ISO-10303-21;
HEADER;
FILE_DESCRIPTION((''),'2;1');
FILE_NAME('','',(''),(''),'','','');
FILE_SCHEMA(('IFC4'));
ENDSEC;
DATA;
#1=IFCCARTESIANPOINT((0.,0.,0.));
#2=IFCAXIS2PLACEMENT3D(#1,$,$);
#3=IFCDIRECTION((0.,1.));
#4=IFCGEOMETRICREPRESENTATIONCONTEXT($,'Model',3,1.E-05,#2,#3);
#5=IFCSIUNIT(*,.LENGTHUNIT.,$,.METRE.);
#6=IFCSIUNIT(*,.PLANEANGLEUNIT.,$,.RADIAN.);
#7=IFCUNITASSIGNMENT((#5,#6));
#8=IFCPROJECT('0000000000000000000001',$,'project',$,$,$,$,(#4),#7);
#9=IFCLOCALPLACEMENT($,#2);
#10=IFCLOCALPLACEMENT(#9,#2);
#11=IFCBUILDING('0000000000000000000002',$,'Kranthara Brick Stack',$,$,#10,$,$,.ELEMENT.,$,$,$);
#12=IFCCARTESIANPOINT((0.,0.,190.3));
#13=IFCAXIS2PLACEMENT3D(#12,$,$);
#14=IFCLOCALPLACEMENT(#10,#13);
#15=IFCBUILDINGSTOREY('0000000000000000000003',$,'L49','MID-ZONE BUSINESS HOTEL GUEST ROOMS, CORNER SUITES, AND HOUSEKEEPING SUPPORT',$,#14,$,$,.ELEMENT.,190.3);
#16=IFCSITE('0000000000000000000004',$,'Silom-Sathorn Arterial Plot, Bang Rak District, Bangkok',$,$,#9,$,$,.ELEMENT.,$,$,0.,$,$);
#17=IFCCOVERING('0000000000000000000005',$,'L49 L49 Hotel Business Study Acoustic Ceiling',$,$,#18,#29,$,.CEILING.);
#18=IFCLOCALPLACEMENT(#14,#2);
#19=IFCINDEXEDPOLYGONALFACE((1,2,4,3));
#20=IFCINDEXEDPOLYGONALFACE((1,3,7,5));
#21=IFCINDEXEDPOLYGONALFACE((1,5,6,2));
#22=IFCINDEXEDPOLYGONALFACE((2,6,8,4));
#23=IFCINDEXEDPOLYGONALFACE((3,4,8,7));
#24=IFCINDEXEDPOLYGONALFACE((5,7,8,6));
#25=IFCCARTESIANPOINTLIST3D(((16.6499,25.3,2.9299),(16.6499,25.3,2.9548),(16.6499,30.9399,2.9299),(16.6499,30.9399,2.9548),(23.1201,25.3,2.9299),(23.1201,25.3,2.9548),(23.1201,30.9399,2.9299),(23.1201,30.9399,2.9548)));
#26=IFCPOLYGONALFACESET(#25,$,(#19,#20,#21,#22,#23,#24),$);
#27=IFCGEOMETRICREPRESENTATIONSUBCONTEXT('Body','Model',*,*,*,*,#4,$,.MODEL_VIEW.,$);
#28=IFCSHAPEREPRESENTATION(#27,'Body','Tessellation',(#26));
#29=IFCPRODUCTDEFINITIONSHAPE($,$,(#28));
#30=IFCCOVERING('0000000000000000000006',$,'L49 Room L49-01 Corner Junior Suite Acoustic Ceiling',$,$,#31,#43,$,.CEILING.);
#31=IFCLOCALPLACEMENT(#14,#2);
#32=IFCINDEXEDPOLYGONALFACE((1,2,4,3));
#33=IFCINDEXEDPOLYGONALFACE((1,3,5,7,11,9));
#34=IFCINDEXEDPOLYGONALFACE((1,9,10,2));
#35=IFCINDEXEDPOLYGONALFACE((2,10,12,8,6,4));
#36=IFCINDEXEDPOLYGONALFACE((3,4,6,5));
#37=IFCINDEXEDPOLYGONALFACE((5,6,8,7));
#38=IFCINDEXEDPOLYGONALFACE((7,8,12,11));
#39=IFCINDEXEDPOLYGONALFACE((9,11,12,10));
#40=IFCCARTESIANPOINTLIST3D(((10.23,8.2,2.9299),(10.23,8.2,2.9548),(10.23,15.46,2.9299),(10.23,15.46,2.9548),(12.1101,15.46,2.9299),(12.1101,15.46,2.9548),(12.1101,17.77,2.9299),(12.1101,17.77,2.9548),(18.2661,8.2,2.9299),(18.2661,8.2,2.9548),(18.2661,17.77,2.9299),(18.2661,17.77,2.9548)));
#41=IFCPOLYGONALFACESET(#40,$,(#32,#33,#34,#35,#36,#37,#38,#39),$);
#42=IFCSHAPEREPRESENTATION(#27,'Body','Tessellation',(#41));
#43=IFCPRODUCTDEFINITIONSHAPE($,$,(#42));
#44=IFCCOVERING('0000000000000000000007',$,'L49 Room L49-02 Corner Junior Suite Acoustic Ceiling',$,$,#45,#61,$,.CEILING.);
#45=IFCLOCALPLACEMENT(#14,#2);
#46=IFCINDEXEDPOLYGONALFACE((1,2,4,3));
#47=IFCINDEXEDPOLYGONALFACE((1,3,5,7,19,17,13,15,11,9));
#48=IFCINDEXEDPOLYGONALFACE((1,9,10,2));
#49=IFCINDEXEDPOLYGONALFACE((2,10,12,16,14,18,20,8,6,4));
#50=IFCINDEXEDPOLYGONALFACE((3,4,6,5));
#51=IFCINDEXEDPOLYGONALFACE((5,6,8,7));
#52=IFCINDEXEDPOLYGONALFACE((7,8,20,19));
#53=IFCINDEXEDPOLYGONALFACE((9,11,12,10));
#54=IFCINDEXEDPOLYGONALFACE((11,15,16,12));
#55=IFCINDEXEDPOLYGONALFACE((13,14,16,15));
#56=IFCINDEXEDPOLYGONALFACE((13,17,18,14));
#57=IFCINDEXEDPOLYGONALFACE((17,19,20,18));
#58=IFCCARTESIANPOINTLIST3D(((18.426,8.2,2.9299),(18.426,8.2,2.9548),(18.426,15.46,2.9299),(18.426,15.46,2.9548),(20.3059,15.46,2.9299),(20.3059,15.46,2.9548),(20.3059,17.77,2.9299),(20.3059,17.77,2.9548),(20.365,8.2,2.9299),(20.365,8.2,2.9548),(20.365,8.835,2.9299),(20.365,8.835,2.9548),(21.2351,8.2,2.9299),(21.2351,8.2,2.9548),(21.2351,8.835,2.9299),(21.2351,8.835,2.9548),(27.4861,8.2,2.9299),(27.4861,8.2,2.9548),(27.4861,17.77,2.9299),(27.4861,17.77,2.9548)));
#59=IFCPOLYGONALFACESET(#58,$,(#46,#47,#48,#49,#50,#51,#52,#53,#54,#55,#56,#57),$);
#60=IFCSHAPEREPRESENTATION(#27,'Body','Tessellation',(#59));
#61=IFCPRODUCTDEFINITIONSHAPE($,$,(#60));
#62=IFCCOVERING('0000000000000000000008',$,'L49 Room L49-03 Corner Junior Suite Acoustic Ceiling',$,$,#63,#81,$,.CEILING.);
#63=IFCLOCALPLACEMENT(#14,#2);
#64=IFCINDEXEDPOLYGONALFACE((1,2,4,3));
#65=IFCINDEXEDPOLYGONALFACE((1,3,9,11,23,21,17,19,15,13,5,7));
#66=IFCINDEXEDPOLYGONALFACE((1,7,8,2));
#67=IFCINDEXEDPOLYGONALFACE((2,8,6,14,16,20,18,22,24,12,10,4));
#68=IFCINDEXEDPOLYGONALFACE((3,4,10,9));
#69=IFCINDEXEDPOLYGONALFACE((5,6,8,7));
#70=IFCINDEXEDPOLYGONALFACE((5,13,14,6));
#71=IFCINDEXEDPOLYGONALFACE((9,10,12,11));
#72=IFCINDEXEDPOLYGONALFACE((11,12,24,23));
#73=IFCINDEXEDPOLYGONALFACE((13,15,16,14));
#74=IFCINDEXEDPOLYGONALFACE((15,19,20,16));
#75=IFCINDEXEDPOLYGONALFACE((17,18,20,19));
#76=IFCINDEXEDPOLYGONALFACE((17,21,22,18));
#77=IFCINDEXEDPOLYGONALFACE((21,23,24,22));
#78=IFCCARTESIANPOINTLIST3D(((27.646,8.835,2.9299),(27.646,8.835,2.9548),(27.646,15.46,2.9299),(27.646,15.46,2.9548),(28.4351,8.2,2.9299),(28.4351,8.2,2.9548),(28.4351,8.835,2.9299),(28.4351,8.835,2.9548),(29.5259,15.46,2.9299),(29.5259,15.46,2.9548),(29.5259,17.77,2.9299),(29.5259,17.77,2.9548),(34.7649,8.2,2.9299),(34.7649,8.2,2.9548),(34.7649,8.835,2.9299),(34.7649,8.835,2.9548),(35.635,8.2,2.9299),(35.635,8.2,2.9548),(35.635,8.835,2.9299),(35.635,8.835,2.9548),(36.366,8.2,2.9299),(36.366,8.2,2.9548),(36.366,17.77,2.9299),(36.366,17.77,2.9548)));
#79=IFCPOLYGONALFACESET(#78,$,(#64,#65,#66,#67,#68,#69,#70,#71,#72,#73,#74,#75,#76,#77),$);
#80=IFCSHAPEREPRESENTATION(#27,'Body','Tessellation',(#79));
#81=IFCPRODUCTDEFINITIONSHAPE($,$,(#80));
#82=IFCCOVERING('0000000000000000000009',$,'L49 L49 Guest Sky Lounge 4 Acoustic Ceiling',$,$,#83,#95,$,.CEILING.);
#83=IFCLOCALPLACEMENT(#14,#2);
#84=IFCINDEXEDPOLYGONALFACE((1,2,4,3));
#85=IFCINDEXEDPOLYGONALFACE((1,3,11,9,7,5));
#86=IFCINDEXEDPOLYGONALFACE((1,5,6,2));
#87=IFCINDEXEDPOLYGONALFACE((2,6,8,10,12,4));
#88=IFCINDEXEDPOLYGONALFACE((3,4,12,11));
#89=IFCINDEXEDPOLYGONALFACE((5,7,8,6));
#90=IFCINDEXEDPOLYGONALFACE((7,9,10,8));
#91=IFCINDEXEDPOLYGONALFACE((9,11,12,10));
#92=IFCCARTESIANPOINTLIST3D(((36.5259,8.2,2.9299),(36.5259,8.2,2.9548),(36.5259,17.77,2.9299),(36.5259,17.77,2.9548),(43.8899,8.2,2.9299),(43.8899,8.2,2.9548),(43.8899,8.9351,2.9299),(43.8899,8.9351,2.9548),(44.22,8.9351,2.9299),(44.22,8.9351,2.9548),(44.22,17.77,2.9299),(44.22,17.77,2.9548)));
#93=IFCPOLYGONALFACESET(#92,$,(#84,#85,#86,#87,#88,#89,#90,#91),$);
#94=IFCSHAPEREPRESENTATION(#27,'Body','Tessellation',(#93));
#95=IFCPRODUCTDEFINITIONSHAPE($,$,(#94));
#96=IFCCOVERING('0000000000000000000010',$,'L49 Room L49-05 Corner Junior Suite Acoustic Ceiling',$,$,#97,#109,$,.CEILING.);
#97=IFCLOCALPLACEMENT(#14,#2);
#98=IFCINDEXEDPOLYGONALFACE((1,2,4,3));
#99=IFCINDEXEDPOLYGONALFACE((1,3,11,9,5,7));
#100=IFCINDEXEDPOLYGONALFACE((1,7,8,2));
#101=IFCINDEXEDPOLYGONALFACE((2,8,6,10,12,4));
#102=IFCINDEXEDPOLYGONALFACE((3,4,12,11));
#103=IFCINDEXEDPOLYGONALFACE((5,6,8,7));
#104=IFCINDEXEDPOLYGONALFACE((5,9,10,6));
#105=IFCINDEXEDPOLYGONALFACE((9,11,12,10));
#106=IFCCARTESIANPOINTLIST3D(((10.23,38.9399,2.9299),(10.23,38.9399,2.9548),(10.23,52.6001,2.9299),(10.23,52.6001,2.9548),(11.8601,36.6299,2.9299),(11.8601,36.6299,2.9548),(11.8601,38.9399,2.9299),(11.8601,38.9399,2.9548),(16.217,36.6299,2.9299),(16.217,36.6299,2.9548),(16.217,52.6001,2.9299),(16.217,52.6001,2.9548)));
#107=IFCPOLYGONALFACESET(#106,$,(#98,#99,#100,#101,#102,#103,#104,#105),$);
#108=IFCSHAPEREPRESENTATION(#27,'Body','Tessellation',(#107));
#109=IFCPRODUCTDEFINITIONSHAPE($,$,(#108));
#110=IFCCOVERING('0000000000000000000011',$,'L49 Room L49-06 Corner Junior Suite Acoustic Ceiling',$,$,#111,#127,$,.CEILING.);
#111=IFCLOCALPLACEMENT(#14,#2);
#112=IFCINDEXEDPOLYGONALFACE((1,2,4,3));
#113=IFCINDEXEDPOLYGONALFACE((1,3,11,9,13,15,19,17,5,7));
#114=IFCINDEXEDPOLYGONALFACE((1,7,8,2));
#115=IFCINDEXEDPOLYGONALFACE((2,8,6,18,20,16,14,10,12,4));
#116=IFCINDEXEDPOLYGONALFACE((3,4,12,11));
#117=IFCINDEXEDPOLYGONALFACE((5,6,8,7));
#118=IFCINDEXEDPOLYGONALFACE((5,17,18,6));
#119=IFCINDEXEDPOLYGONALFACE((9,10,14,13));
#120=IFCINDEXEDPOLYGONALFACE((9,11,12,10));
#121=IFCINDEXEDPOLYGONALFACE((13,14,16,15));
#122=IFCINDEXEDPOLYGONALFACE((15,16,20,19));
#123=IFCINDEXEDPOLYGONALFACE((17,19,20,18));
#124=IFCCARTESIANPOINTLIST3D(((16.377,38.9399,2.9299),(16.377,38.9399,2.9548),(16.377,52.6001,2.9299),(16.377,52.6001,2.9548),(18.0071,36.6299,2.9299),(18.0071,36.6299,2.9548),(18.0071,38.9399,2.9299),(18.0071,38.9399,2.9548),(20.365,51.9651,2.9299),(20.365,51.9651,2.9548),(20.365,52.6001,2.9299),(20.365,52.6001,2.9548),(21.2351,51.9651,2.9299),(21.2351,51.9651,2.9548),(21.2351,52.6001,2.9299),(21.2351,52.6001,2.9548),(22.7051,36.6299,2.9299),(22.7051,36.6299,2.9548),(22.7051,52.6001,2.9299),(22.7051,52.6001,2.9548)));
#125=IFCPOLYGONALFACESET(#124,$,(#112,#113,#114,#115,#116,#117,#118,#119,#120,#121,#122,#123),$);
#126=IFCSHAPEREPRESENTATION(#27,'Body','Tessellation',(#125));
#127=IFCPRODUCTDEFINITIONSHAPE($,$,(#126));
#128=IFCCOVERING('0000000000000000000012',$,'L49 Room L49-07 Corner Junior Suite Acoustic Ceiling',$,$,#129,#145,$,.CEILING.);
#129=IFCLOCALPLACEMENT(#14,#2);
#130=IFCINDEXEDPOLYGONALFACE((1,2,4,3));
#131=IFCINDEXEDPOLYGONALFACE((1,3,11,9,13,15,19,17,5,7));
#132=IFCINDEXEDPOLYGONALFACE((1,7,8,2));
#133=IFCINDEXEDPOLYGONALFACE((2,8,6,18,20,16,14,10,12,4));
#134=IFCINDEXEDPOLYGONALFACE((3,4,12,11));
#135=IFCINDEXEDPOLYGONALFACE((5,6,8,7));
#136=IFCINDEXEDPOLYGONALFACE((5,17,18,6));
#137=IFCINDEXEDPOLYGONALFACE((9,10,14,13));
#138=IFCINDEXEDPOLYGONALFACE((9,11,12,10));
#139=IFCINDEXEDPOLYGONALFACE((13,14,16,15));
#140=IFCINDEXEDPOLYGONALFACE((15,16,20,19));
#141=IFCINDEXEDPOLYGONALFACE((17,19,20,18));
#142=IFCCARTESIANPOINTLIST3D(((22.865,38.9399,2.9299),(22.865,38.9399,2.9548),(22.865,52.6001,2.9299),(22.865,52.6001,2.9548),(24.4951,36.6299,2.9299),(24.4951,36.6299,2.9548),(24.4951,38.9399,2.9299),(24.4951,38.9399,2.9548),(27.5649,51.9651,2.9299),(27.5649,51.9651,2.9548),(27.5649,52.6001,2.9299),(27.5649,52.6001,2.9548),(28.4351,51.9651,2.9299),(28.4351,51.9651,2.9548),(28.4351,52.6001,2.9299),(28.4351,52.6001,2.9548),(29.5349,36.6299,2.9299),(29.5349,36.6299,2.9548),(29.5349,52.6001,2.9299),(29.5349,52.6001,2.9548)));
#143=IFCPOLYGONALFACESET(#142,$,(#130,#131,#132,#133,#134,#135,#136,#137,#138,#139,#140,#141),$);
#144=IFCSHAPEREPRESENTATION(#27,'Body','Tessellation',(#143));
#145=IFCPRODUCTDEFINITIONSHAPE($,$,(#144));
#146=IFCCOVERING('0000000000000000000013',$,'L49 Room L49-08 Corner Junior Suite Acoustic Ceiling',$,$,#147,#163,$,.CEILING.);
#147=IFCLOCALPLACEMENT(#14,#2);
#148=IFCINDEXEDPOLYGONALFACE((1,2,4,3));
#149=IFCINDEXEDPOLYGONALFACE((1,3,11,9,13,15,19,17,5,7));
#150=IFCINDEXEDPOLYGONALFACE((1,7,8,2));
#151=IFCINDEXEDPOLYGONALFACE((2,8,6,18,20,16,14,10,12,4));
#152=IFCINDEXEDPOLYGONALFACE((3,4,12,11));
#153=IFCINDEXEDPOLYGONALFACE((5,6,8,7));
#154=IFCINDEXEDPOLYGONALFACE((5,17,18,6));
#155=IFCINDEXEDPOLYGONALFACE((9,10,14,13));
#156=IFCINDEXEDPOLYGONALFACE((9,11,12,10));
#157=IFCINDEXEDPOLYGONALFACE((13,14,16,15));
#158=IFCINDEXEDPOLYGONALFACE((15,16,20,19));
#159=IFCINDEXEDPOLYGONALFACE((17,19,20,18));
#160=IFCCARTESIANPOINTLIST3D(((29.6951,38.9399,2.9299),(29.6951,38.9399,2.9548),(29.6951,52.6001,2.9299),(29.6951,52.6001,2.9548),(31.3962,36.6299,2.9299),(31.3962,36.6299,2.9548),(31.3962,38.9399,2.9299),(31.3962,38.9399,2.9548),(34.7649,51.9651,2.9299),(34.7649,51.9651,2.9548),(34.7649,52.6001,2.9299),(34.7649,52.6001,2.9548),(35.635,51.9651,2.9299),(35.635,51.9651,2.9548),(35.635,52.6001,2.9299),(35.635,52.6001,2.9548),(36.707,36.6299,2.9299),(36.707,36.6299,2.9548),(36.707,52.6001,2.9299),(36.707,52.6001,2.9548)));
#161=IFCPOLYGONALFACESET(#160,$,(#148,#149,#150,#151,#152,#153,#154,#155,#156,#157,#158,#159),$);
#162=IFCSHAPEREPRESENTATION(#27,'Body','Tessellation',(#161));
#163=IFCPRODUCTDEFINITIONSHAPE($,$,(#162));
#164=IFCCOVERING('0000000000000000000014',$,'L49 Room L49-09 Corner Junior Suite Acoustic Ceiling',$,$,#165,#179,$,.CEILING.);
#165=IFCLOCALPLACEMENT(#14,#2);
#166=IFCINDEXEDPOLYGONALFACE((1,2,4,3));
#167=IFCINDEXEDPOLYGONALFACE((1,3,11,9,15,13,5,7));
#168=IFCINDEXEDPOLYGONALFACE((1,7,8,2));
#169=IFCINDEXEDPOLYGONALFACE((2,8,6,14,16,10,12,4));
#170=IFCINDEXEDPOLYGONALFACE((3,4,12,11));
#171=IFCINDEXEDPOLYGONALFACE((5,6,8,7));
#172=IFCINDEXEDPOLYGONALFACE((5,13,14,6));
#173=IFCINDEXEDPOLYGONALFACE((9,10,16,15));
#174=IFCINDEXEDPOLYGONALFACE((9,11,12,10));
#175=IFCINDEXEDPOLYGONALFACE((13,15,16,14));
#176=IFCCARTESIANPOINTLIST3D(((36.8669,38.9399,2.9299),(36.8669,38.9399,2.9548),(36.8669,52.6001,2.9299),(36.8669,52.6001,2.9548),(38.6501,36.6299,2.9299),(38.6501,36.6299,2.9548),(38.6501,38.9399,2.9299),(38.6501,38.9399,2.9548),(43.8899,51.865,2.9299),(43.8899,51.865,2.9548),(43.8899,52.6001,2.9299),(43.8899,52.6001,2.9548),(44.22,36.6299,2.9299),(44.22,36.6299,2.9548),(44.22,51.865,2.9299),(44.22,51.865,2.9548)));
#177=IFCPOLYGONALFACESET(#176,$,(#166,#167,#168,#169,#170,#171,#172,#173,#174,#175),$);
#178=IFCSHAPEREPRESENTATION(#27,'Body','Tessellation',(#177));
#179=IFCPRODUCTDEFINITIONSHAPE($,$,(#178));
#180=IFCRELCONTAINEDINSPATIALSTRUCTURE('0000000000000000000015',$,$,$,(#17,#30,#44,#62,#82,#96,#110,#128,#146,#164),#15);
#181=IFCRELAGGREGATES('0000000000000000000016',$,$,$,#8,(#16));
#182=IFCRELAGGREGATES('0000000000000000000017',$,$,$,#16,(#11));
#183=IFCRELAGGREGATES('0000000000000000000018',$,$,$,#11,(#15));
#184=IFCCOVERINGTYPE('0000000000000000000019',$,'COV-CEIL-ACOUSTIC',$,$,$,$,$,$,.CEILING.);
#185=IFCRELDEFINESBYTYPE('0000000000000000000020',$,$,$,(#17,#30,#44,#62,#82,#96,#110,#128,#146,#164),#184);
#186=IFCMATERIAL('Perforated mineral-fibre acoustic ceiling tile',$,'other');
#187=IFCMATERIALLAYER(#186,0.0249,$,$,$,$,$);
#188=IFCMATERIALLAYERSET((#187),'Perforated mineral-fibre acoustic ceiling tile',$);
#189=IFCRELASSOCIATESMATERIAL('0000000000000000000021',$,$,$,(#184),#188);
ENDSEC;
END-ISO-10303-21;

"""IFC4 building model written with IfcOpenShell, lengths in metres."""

from ifc_helpers import new_model, si_unit, direction, frame, origin, place, context, subcontext, project, spatial, polyline, outline, extrude, material, layer, layer_set, type_object, element, save


model = new_model("IFC4")

# Units and contexts
model_context = context("Model", 3, precision=1e-05, world=origin(), true_north=direction((0.0, 1.0)))
body_context = subcontext(model_context, "Body", "Model", "MODEL_VIEW")
ifc_project = project(units=[si_unit("LENGTHUNIT", "METRE"), si_unit("PLANEANGLEUNIT", "RADIAN")], contexts=[model_context])

# Site, building, storey
site_placement = place(None, origin())
site = spatial("IfcSite", under=ifc_project, at=site_placement, Name="Silom-Sathorn Arterial Plot, Bang Rak District, Bangkok", CompositionType="ELEMENT", RefElevation=0.0)
building_placement = place(site_placement, origin())
building = spatial("IfcBuilding", under=site, at=building_placement, Name="Kranthara Brick Stack", CompositionType="ELEMENT")
storey_placement = place(building_placement, frame((0.0, 0.0, 190.3)))
storey = spatial("IfcBuildingStorey", under=building, at=storey_placement, Name="L49", Description="MID-ZONE BUSINESS HOTEL GUEST ROOMS, CORNER SUITES, AND HOUSEKEEPING SUPPORT", CompositionType="ELEMENT", Elevation=190.3)

# Coverings
ifc_material_1 = material(Name="Perforated mineral-fibre acoustic ceiling tile", Category="other")
ifc_layer_1 = layer(ifc_material_1, 0.0249)
ifc_layer_set_1 = layer_set([ifc_layer_1], Name="Perforated mineral-fibre acoustic ceiling tile")
covering_type_1 = type_object("IfcCoveringType", Name="COV-CEIL-ACOUSTIC", PredefinedType="CEILING", material=ifc_layer_set_1)
covering_1_placement = place(storey_placement, frame((0.0, 0.0, 2.9299)))
element("IfcCovering", 1, at=covering_1_placement, inside=storey, type_object=covering_type_1, Name="L49 L49 Hotel Business Study Acoustic Ceiling", PredefinedType="CEILING", context=body_context, shape_type="SweptSolid", body=[
    extrude(outline(polyline([(23.1201, 25.3), (23.1201, 30.9399), (16.6499, 30.9399), (16.6499, 25.3), (23.1201, 25.3)])), origin(), (0.0, 0.0, 1.0), 0.0249),
])
covering_2_placement = place(storey_placement, frame((0.0, 0.0, 2.9299)))
element("IfcCovering", 2, at=covering_2_placement, inside=storey, type_object=covering_type_1, Name="L49 Room L49-01 Corner Junior Suite Acoustic Ceiling", PredefinedType="CEILING", context=body_context, shape_type="SweptSolid", body=[
    extrude(outline(polyline([(10.23, 8.2), (18.2661, 8.2), (18.2661, 17.77), (12.1101, 17.77), (12.1101, 15.46), (10.23, 15.46), (10.23, 8.2)])), origin(), (0.0, 0.0, 1.0), 0.0249),
])
covering_3_placement = place(storey_placement, frame((0.0, 0.0, 2.9299)))
element("IfcCovering", 3, at=covering_3_placement, inside=storey, type_object=covering_type_1, Name="L49 Room L49-02 Corner Junior Suite Acoustic Ceiling", PredefinedType="CEILING", context=body_context, shape_type="SweptSolid", body=[
    extrude(outline(polyline([(18.426, 8.2), (18.426, 15.46), (20.3059, 15.46), (20.3059, 17.77), (27.4861, 17.77), (27.4861, 8.2), (21.2351, 8.2), (21.2351, 8.835), (20.365, 8.835), (20.365, 8.2), (18.426, 8.2)])), origin(), (0.0, 0.0, 1.0), 0.0249),
])
covering_4_placement = place(storey_placement, frame((0.0, 0.0, 2.9299)))
element("IfcCovering", 4, at=covering_4_placement, inside=storey, type_object=covering_type_1, Name="L49 Room L49-03 Corner Junior Suite Acoustic Ceiling", PredefinedType="CEILING", context=body_context, shape_type="SweptSolid", body=[
    extrude(outline(polyline([(29.5259, 15.46), (29.5259, 17.77), (36.366, 17.77), (36.366, 8.2), (35.635, 8.2), (35.635, 8.835), (34.7649, 8.835), (34.7649, 8.2), (28.4351, 8.2), (28.4351, 8.835), (27.646, 8.835), (27.646, 15.46), (29.5259, 15.46)])), origin(), (0.0, 0.0, 1.0), 0.0249),
])
covering_5_placement = place(storey_placement, frame((0.0, 0.0, 2.9299)))
element("IfcCovering", 5, at=covering_5_placement, inside=storey, type_object=covering_type_1, Name="L49 L49 Guest Sky Lounge 4 Acoustic Ceiling", PredefinedType="CEILING", context=body_context, shape_type="SweptSolid", body=[
    extrude(outline(polyline([(36.5259, 8.2), (36.5259, 17.77), (44.22, 17.77), (44.22, 8.9351), (43.8899, 8.9351), (43.8899, 8.2), (36.5259, 8.2)])), origin(), (0.0, 0.0, 1.0), 0.0249),
])
covering_6_placement = place(storey_placement, frame((0.0, 0.0, 2.9299)))
element("IfcCovering", 6, at=covering_6_placement, inside=storey, type_object=covering_type_1, Name="L49 Room L49-05 Corner Junior Suite Acoustic Ceiling", PredefinedType="CEILING", context=body_context, shape_type="SweptSolid", body=[
    extrude(outline(polyline([(11.8601, 36.6299), (16.217, 36.6299), (16.217, 52.6001), (10.23, 52.6001), (10.23, 38.9399), (11.8601, 38.9399), (11.8601, 36.6299)])), origin(), (0.0, 0.0, 1.0), 0.0249),
])
covering_7_placement = place(storey_placement, frame((0.0, 0.0, 2.9299)))
element("IfcCovering", 7, at=covering_7_placement, inside=storey, type_object=covering_type_1, Name="L49 Room L49-06 Corner Junior Suite Acoustic Ceiling", PredefinedType="CEILING", context=body_context, shape_type="SweptSolid", body=[
    extrude(outline(polyline([(22.7051, 52.6001), (22.7051, 36.6299), (18.0071, 36.6299), (18.0071, 38.9399), (16.377, 38.9399), (16.377, 52.6001), (20.365, 52.6001), (20.365, 51.9651), (21.2351, 51.9651), (21.2351, 52.6001), (22.7051, 52.6001)])), origin(), (0.0, 0.0, 1.0), 0.0249),
])
covering_8_placement = place(storey_placement, frame((0.0, 0.0, 2.9299)))
element("IfcCovering", 8, at=covering_8_placement, inside=storey, type_object=covering_type_1, Name="L49 Room L49-07 Corner Junior Suite Acoustic Ceiling", PredefinedType="CEILING", context=body_context, shape_type="SweptSolid", body=[
    extrude(outline(polyline([(29.5349, 52.6001), (29.5349, 36.6299), (24.4951, 36.6299), (24.4951, 38.9399), (22.865, 38.9399), (22.865, 52.6001), (27.5649, 52.6001), (27.5649, 51.9651), (28.4351, 51.9651), (28.4351, 52.6001), (29.5349, 52.6001)])), origin(), (0.0, 0.0, 1.0), 0.0249),
])
covering_9_placement = place(storey_placement, frame((0.0, 0.0, 2.9299)))
element("IfcCovering", 9, at=covering_9_placement, inside=storey, type_object=covering_type_1, Name="L49 Room L49-08 Corner Junior Suite Acoustic Ceiling", PredefinedType="CEILING", context=body_context, shape_type="SweptSolid", body=[
    extrude(outline(polyline([(36.707, 52.6001), (36.707, 36.6299), (31.3962, 36.6299), (31.3962, 38.9399), (29.6951, 38.9399), (29.6951, 52.6001), (34.7649, 52.6001), (34.7649, 51.9651), (35.635, 51.9651), (35.635, 52.6001), (36.707, 52.6001)])), origin(), (0.0, 0.0, 1.0), 0.0249),
])
covering_10_placement = place(storey_placement, frame((0.0, 0.0, 2.9299)))
element("IfcCovering", 10, at=covering_10_placement, inside=storey, type_object=covering_type_1, Name="L49 Room L49-09 Corner Junior Suite Acoustic Ceiling", PredefinedType="CEILING", context=body_context, shape_type="SweptSolid", body=[
    extrude(outline(polyline([(44.22, 36.6299), (38.6501, 36.6299), (38.6501, 38.9399), (36.8669, 38.9399), (36.8669, 52.6001), (43.8899, 52.6001), (43.8899, 51.865), (44.22, 51.865), (44.22, 36.6299)])), origin(), (0.0, 0.0, 1.0), 0.0249),
])

save(model, "model.ifc")
